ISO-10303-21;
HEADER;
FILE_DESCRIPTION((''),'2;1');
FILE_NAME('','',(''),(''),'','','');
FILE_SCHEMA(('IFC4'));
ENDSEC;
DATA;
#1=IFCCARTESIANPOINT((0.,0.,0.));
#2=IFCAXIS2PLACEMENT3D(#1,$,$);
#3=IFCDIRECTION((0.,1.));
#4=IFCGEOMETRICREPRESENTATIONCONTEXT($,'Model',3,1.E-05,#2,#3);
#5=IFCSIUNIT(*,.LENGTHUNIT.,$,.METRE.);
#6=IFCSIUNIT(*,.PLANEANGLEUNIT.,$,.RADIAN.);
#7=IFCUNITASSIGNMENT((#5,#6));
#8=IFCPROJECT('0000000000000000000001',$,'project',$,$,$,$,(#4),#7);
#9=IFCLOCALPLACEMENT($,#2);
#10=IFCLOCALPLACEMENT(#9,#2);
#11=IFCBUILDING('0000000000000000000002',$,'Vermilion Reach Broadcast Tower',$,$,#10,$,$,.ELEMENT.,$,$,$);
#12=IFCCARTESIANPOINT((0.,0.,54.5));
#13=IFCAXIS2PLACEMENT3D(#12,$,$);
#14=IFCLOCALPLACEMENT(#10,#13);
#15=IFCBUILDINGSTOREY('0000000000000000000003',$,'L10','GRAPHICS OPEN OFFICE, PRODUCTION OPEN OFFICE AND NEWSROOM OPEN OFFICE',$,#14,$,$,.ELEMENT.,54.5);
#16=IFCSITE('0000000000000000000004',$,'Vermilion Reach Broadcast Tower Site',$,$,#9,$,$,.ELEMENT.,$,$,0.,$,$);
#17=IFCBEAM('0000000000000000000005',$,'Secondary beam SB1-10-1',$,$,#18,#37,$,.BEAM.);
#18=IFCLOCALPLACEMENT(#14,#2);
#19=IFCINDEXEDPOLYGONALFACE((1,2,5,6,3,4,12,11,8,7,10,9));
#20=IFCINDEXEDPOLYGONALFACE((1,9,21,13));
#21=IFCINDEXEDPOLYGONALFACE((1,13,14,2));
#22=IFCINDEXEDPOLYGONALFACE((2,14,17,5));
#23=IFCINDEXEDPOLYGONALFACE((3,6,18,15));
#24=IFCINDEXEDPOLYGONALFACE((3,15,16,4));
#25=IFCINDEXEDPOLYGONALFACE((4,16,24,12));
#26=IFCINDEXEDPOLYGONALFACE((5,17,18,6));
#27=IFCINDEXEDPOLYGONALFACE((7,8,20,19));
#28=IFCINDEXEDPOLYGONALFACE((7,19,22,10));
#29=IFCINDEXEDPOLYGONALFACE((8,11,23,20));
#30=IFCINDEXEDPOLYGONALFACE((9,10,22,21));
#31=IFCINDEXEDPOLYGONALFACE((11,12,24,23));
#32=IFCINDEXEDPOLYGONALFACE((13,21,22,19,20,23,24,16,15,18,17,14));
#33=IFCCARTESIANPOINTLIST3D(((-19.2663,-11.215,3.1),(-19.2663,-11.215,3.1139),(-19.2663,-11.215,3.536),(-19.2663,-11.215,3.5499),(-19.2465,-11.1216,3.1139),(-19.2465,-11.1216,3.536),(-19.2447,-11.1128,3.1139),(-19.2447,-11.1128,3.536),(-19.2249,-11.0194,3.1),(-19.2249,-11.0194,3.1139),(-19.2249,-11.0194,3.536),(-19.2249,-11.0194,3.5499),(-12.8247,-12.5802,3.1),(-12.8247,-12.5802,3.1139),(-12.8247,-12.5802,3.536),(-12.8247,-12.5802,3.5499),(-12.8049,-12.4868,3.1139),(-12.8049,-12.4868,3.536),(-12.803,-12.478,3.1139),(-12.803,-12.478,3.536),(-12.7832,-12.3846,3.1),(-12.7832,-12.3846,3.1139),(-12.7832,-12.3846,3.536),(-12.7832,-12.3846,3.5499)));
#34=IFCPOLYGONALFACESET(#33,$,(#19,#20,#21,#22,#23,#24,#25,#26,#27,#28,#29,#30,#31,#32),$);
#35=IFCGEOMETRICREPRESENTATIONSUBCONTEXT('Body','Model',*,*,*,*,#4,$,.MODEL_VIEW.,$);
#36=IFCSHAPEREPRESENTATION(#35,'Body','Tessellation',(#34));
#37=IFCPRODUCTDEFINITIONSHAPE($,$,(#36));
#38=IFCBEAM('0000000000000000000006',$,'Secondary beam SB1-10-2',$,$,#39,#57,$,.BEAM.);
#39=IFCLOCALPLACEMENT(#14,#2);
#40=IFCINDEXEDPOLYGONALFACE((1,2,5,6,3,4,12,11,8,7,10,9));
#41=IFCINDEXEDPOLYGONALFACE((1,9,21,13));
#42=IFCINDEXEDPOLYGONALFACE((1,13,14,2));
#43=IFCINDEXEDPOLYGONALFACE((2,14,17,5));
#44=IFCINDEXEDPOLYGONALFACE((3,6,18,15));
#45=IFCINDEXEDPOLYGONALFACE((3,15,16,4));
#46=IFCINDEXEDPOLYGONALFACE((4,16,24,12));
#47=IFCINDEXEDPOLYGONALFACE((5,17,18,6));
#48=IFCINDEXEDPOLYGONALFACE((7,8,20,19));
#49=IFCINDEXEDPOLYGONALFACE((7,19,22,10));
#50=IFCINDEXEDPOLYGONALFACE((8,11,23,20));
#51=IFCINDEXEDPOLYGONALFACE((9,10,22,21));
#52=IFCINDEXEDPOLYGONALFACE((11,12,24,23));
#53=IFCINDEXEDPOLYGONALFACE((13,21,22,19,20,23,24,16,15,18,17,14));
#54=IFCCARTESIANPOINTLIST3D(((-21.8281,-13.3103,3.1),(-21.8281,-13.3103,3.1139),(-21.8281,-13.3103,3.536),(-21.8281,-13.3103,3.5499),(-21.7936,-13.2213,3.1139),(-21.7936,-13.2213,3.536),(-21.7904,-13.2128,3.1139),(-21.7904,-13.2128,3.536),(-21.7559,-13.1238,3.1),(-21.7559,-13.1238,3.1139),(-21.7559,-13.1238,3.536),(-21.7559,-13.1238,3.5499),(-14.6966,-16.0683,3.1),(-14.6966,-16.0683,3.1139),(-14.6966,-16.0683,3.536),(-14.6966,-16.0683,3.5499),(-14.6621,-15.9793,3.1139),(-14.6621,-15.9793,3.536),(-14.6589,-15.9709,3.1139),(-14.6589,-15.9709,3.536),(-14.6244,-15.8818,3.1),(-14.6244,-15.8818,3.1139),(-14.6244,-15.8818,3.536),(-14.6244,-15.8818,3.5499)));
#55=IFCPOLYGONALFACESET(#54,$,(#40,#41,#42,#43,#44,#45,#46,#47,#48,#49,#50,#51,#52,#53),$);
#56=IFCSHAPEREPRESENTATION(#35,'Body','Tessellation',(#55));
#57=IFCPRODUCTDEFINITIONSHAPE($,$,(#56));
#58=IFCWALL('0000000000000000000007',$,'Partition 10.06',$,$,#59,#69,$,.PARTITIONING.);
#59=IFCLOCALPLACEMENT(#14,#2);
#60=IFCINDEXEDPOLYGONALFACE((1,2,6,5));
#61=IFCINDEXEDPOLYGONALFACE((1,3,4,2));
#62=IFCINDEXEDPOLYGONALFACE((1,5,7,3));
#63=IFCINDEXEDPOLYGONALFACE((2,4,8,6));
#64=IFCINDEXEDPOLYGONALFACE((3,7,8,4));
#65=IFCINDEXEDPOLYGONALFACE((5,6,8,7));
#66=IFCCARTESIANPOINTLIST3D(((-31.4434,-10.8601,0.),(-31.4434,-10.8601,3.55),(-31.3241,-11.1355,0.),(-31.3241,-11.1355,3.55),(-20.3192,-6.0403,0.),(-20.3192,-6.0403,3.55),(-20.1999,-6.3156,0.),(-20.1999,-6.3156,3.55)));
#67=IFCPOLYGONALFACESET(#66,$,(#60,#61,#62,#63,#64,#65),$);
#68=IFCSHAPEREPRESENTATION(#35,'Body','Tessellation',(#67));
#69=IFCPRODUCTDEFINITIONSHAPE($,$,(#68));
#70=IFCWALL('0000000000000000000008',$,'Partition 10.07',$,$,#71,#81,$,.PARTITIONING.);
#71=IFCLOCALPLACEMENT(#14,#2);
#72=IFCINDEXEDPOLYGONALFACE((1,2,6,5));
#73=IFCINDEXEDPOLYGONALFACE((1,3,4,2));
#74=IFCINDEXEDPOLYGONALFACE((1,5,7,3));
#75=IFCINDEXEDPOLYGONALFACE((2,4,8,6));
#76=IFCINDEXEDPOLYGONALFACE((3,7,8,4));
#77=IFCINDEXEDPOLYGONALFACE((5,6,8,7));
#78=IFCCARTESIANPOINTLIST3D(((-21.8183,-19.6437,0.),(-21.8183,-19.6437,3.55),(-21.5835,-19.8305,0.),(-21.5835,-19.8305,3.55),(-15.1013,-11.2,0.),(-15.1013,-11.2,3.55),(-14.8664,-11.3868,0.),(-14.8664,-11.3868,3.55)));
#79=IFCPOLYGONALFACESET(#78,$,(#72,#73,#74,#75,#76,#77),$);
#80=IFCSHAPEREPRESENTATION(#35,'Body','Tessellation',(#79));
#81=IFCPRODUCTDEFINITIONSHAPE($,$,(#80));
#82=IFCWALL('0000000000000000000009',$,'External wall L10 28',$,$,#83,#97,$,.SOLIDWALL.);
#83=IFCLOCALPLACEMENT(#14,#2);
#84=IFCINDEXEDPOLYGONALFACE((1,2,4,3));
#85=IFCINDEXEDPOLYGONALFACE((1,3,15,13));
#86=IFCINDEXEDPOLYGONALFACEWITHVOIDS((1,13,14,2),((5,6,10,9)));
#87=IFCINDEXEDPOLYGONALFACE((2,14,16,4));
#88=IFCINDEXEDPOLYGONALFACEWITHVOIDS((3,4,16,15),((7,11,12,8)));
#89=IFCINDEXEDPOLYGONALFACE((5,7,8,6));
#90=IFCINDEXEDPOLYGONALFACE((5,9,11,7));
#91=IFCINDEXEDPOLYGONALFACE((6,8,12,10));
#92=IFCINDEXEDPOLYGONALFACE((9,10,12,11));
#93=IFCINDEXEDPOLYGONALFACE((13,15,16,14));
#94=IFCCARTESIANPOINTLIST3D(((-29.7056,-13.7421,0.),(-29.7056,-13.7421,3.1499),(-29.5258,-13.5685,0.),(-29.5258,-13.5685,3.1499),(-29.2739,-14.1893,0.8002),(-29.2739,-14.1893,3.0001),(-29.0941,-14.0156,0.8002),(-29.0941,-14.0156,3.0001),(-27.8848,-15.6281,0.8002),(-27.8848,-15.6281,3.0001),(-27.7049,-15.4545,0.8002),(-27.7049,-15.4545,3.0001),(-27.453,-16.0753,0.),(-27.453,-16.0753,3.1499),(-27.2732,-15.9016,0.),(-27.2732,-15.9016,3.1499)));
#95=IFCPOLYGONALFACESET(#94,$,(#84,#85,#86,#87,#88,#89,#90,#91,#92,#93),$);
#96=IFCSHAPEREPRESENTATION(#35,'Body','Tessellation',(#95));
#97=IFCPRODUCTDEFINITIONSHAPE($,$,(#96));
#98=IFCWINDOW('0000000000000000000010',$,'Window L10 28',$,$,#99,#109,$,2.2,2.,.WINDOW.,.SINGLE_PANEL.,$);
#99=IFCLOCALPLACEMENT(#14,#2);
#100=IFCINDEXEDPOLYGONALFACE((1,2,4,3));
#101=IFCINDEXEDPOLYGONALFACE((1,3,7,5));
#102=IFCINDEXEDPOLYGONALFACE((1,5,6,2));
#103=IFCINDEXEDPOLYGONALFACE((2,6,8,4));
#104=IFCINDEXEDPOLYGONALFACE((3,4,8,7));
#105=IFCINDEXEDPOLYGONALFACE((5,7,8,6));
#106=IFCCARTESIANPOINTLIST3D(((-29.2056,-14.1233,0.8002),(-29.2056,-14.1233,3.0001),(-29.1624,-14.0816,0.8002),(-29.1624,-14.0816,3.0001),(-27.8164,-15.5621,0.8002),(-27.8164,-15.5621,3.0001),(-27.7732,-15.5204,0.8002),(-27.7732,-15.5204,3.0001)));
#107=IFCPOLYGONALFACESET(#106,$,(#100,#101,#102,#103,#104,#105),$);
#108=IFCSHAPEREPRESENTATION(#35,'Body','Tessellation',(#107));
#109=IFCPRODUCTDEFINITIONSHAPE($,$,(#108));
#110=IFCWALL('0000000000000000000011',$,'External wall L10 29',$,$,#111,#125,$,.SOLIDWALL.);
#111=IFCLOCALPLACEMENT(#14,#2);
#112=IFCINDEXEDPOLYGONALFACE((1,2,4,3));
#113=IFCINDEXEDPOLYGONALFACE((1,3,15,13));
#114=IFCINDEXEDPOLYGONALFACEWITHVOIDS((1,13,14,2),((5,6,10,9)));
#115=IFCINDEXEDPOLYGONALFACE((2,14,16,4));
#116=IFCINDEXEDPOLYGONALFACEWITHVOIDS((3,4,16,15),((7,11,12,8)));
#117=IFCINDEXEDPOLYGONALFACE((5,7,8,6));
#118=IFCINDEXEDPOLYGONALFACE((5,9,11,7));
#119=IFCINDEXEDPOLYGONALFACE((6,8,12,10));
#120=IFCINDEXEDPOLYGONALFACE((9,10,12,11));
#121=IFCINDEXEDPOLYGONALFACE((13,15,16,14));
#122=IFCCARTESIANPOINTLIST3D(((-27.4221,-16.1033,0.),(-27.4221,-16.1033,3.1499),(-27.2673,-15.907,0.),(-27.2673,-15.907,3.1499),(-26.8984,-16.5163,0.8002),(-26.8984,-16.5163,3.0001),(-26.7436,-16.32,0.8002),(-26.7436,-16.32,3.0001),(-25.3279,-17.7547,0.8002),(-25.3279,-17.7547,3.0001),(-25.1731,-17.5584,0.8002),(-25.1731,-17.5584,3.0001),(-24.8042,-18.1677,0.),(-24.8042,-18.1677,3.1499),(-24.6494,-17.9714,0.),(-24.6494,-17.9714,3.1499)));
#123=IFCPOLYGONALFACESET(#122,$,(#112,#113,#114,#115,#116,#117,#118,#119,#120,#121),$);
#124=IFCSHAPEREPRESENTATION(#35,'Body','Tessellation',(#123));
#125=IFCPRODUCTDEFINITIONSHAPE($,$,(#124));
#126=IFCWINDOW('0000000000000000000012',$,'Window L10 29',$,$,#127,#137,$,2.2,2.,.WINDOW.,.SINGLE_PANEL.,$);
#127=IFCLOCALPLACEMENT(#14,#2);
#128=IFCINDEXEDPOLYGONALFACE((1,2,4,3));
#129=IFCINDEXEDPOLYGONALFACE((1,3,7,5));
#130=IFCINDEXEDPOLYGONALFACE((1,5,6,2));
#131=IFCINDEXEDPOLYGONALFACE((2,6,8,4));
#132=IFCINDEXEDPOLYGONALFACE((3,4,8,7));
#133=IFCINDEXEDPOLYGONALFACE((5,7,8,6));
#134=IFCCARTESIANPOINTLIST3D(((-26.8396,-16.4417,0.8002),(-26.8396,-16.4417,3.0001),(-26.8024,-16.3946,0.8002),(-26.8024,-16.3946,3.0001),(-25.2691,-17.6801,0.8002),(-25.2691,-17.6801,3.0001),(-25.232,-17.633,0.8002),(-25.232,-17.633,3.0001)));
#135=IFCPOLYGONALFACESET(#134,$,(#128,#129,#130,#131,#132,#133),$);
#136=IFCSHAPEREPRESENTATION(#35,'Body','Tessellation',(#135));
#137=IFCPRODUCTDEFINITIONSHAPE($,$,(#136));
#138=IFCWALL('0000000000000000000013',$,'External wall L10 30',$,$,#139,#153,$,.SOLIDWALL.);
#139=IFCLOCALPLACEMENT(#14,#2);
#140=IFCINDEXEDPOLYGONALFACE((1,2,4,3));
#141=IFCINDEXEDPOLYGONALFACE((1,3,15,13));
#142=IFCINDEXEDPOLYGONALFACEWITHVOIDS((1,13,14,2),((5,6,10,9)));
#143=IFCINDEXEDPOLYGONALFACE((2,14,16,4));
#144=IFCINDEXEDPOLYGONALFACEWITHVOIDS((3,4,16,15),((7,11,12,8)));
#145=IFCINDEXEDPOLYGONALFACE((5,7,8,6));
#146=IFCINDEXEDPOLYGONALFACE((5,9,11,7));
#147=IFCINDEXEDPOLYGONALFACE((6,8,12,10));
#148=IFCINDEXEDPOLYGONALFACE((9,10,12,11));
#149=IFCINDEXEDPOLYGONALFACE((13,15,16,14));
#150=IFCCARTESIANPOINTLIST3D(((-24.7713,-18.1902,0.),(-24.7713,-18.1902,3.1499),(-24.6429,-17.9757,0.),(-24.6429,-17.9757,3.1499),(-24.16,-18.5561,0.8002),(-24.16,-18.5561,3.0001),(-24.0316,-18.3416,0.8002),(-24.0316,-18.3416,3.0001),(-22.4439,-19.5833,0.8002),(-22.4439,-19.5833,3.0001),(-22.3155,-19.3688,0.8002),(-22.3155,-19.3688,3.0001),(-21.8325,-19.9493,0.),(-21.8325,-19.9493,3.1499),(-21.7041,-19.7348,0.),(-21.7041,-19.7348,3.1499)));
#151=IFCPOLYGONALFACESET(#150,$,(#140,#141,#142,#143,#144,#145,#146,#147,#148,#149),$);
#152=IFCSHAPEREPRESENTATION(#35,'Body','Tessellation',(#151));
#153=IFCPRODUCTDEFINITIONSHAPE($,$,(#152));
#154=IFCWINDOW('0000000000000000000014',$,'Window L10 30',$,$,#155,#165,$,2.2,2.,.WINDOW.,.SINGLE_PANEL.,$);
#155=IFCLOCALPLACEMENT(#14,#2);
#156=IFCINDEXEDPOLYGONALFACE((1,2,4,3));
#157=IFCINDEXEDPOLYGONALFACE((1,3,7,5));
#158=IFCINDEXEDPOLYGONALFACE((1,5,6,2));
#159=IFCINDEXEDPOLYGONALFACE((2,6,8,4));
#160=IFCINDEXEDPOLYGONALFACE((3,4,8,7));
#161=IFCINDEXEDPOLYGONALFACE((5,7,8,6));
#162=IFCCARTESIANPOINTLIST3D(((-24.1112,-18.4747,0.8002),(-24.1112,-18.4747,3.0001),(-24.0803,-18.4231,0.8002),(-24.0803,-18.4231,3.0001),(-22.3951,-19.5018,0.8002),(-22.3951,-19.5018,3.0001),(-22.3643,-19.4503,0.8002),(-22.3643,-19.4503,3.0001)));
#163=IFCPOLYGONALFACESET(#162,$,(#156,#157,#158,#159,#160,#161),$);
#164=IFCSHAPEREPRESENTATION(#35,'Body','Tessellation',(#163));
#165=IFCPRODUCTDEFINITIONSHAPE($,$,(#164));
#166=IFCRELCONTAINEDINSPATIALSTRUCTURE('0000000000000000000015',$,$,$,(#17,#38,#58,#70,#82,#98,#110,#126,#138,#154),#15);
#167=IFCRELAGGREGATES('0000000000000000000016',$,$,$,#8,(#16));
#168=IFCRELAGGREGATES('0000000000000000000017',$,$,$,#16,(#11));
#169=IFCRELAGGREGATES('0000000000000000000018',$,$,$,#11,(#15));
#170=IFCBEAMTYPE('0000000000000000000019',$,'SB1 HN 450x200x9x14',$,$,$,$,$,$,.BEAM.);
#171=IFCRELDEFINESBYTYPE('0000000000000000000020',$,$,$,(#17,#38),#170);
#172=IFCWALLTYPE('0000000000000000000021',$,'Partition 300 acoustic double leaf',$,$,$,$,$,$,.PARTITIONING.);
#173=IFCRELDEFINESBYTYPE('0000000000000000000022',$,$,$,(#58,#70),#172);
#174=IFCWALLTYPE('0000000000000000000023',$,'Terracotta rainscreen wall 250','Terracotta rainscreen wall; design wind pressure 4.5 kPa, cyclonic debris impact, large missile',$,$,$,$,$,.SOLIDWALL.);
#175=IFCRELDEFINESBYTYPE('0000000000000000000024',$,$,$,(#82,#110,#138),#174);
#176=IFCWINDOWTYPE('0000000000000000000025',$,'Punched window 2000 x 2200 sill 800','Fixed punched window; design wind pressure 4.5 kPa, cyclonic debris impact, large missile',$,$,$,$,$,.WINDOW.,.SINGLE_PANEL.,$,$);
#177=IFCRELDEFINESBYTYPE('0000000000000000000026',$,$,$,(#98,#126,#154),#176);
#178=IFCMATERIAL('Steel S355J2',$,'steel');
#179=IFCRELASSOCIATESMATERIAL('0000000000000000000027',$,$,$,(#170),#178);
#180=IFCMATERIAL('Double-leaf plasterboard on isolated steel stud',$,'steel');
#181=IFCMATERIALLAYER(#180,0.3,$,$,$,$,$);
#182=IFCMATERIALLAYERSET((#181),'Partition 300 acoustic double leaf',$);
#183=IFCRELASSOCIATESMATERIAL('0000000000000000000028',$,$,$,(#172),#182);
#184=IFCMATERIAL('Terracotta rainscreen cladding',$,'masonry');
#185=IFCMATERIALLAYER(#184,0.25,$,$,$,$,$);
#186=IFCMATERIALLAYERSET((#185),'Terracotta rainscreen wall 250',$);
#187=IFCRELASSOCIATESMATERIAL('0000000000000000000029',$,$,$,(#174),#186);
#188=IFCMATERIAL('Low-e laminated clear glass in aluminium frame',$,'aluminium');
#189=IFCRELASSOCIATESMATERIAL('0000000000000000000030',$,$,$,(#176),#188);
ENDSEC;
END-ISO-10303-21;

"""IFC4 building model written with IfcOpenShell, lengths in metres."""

from ifc_helpers import new_model, si_unit, direction, frame, frame_2d, origin, origin_2d, place, context, subcontext, project, spatial, rectangle, i_section, extrude, material, layer, layer_set, material_profile, profile_set, type_object, element, fill, save


model = new_model("IFC4")

# Units and contexts
model_context = context("Model", 3, precision=1e-05, world=origin(), true_north=direction((0.0, 1.0)))
body_context = subcontext(model_context, "Body", "Model", "MODEL_VIEW")
ifc_project = project(units=[si_unit("LENGTHUNIT", "METRE"), si_unit("PLANEANGLEUNIT", "RADIAN")], contexts=[model_context])

# Site, building, storey
site_placement = place(None, origin())
site = spatial("IfcSite", under=ifc_project, at=site_placement, Name="Vermilion Reach Broadcast Tower Site", CompositionType="ELEMENT", RefElevation=0.0)
building_placement = place(site_placement, origin())
building = spatial("IfcBuilding", under=site, at=building_placement, Name="Vermilion Reach Broadcast Tower", CompositionType="ELEMENT")
storey_placement = place(building_placement, frame((0.0, 0.0, 54.5)))
storey = spatial("IfcBuildingStorey", under=building, at=storey_placement, Name="L10", Description="GRAPHICS OPEN OFFICE, PRODUCTION OPEN OFFICE AND NEWSROOM OPEN OFFICE", CompositionType="ELEMENT", Elevation=54.5)

# Beams
ifc_material_1 = material(Name="Steel S355J2", Category="steel")
ifc_material_profile_1 = material_profile(ifc_material_1, i_section(OverallWidth=0.2, OverallDepth=0.45, WebThickness=0.009, FlangeThickness=0.0139, at=origin_2d()), Name="S355J2 HN 450x200x9x14")
ifc_profile_set_1 = profile_set([ifc_material_profile_1], Name="Steel S355J2")
beam_type_1 = type_object("IfcBeamType", Name="SB1 HN 450x200x9x14", PredefinedType="BEAM", material=ifc_profile_set_1)
beam_1_placement = place(storey_placement, frame((-19.2456, -11.1172, 3.325), z_axis=(0.97827, -0.207333, 0.0), x_axis=(0.207333, 0.97827, 0.0)))
element("IfcBeam", 1, at=beam_1_placement, inside=storey, type_object=beam_type_1, Name="Secondary beam SB1-10-1", PredefinedType="BEAM", context=body_context, shape_type="SweptSolid", body=[
    extrude(i_section(OverallWidth=0.2, OverallDepth=0.45, WebThickness=0.009, FlangeThickness=0.0139, at=origin_2d()), origin(), (0.0, 0.0, 1.0), 6.5847),
])
beam_2_placement = place(storey_placement, frame((-21.792, -13.217, 3.325), z_axis=(0.932681, -0.360703, 0.0), x_axis=(0.360703, 0.932681, 0.0)))
element("IfcBeam", 2, at=beam_2_placement, inside=storey, type_object=beam_type_1, Name="Secondary beam SB1-10-2", PredefinedType="BEAM", context=body_context, shape_type="SweptSolid", body=[
    extrude(i_section(OverallWidth=0.2, OverallDepth=0.45, WebThickness=0.009, FlangeThickness=0.0139, at=origin_2d()), origin(), (0.0, 0.0, 1.0), 7.6462),
])

# Walls
ifc_material_2 = material(Name="Double-leaf plasterboard on isolated steel stud", Category="steel")
ifc_layer_1 = layer(ifc_material_2, 0.3)
ifc_layer_set_1 = layer_set([ifc_layer_1], Name="Partition 300 acoustic double leaf")
wall_type_1 = type_object("IfcWallType", Name="Partition 300 acoustic double leaf", PredefinedType="PARTITIONING", material=ifc_layer_set_1)
wall_1_placement = place(storey_placement, frame((-31.3838, -10.9978, 0.0), z_axis=(0.0, 0.0, 1.0), x_axis=(0.917576, 0.397559, 0.0)))
element("IfcWall", 3, at=wall_1_placement, inside=storey, type_object=wall_type_1, Name="Partition 10.06", PredefinedType="PARTITIONING", context=body_context, shape_type="SweptSolid", body=[
    extrude(rectangle(XDim=12.1235, YDim=0.3, at=frame_2d((6.0618, 0.0))), origin(), (0.0, 0.0, 1.0), 3.55),
])
wall_2_placement = place(storey_placement, frame((-21.7009, -19.7371, 0.0), z_axis=(0.0, 0.0, 1.0), x_axis=(0.622554, 0.782577, 0.0)))
element("IfcWall", 4, at=wall_2_placement, inside=storey, type_object=wall_type_1, Name="Partition 10.07", PredefinedType="PARTITIONING", context=body_context, shape_type="SweptSolid", body=[
    extrude(rectangle(XDim=10.7896, YDim=0.3, at=frame_2d((5.3948, 0.0))), origin(), (0.0, 0.0, 1.0), 3.55),
])

# Shared definitions
ifc_material_3 = material(Name="Terracotta rainscreen cladding", Category="masonry")
ifc_layer_2 = layer(ifc_material_3, 0.25)
ifc_layer_set_2 = layer_set([ifc_layer_2], Name="Terracotta rainscreen wall 250")
wall_type_2 = type_object("IfcWallType", Name="Terracotta rainscreen wall 250", Description="Terracotta rainscreen wall; design wind pressure 4.5 kPa, cyclonic debris impact, large missile", PredefinedType="SOLIDWALL", material=ifc_layer_set_2)

# Walls, openings, windows
wall_3_placement = place(storey_placement, frame((-29.6157, -13.6553, 0.0), z_axis=(0.0, 0.0, 1.0), x_axis=(0.694577, -0.719418, 0.0)))
wall_3 = element("IfcWall", 5, at=wall_3_placement, inside=storey, type_object=wall_type_2, Name="External wall L10 28", PredefinedType="SOLIDWALL", context=body_context, shape_type="SweptSolid", body=[
    extrude(rectangle(XDim=3.2432, YDim=0.25, at=frame_2d((1.6216, 0.0))), origin(), (0.0, 0.0, 1.0), 3.1499),
])
opening_1_placement = place(wall_3_placement, frame((0.6216, 0.0, 0.8)))
opening_1 = element("IfcOpeningElement", 6, at=opening_1_placement, cuts=wall_3, PredefinedType="OPENING", context=body_context, shape_type="SweptSolid", body=[
    extrude(rectangle(XDim=2.0, YDim=2.2, at=frame_2d((1.0, 1.1001))), frame((0.0, 0.135, 0.0), z_axis=(0.0, -1.0, 0.0), x_axis=(1.0, 0.0, 0.0)), (0.0, 0.0, 1.0), 0.27),
])
ifc_material_4 = material(Name="Low-e laminated clear glass in aluminium frame", Category="aluminium")
window_type = type_object("IfcWindowType", Name="Punched window 2000 x 2200 sill 800", Description="Fixed punched window; design wind pressure 4.5 kPa, cyclonic debris impact, large missile", PartitioningType="SINGLE_PANEL", PredefinedType="WINDOW", material=ifc_material_4)
window_1_placement = place(opening_1_placement, origin())
window_1 = element("IfcWindow", 7, at=window_1_placement, inside=storey, type_object=window_type, Name="Window L10 28", OverallHeight=2.2, OverallWidth=2.0, PartitioningType="SINGLE_PANEL", PredefinedType="WINDOW", context=body_context, shape_type="SweptSolid", body=[
    extrude(rectangle(XDim=2.0, YDim=2.2, at=frame_2d((1.0, 1.1001))), frame((0.0, 0.03, 0.0), z_axis=(0.0, -1.0, 0.0), x_axis=(1.0, 0.0, 0.0)), (0.0, 0.0, 1.0), 0.0601),
])
fill(opening_1, window_1)
wall_4_placement = place(storey_placement, frame((-27.3447, -16.0051, 0.0), z_axis=(0.0, 0.0, 1.0), x_axis=(0.785222, -0.619214, 0.0)))
wall_4 = element("IfcWall", 8, at=wall_4_placement, inside=storey, type_object=wall_type_2, Name="External wall L10 29", PredefinedType="SOLIDWALL", context=body_context, shape_type="SweptSolid", body=[
    extrude(rectangle(XDim=3.334, YDim=0.25, at=frame_2d((1.667, 0.0))), origin(), (0.0, 0.0, 1.0), 3.1499),
])
opening_2_placement = place(wall_4_placement, frame((0.667, 0.0, 0.8)))
opening_2 = element("IfcOpeningElement", 9, at=opening_2_placement, cuts=wall_4, PredefinedType="OPENING", context=body_context, shape_type="SweptSolid", body=[
    extrude(rectangle(XDim=2.0, YDim=2.2, at=frame_2d((1.0, 1.1001))), frame((0.0, 0.135, 0.0), z_axis=(0.0, -1.0, 0.0), x_axis=(1.0, 0.0, 0.0)), (0.0, 0.0, 1.0), 0.27),
])
window_2_placement = place(opening_2_placement, origin())
window_2 = element("IfcWindow", 10, at=window_2_placement, inside=storey, type_object=window_type, Name="Window L10 29", OverallHeight=2.2, OverallWidth=2.0, PartitioningType="SINGLE_PANEL", PredefinedType="WINDOW", context=body_context, shape_type="SweptSolid", body=[
    extrude(rectangle(XDim=2.0, YDim=2.2, at=frame_2d((1.0, 1.1001))), frame((0.0, 0.03, 0.0), z_axis=(0.0, -1.0, 0.0), x_axis=(1.0, 0.0, 0.0)), (0.0, 0.0, 1.0), 0.0601),
])
fill(opening_2, window_2)
wall_5_placement = place(storey_placement, frame((-24.707, -18.083, 0.0), z_axis=(0.0, 0.0, 1.0), x_axis=(0.858033, -0.513594, 0.0)))
wall_5 = element("IfcWall", 11, at=wall_5_placement, inside=storey, type_object=wall_type_2, Name="External wall L10 30", PredefinedType="SOLIDWALL", context=body_context, shape_type="SweptSolid", body=[
    extrude(rectangle(XDim=3.425, YDim=0.25, at=frame_2d((1.7124, 0.0))), origin(), (0.0, 0.0, 1.0), 3.1499),
])
opening_3_placement = place(wall_5_placement, frame((0.7124, 0.0, 0.8)))
opening_3 = element("IfcOpeningElement", 12, at=opening_3_placement, cuts=wall_5, PredefinedType="OPENING", context=body_context, shape_type="SweptSolid", body=[
    extrude(rectangle(XDim=2.0, YDim=2.2, at=frame_2d((1.0, 1.1001))), frame((0.0, 0.135, 0.0), z_axis=(0.0, -1.0, 0.0), x_axis=(1.0, 0.0, 0.0)), (0.0, 0.0, 1.0), 0.27),
])
window_3_placement = place(opening_3_placement, origin())
window_3 = element("IfcWindow", 13, at=window_3_placement, inside=storey, type_object=window_type, Name="Window L10 30", OverallHeight=2.2, OverallWidth=2.0, PartitioningType="SINGLE_PANEL", PredefinedType="WINDOW", context=body_context, shape_type="SweptSolid", body=[
    extrude(rectangle(XDim=2.0, YDim=2.2, at=frame_2d((1.0, 1.1001))), frame((0.0, 0.03, 0.0), z_axis=(0.0, -1.0, 0.0), x_axis=(1.0, 0.0, 0.0)), (0.0, 0.0, 1.0), 0.0601),
])
fill(opening_3, window_3)

save(model, "model.ifc")
